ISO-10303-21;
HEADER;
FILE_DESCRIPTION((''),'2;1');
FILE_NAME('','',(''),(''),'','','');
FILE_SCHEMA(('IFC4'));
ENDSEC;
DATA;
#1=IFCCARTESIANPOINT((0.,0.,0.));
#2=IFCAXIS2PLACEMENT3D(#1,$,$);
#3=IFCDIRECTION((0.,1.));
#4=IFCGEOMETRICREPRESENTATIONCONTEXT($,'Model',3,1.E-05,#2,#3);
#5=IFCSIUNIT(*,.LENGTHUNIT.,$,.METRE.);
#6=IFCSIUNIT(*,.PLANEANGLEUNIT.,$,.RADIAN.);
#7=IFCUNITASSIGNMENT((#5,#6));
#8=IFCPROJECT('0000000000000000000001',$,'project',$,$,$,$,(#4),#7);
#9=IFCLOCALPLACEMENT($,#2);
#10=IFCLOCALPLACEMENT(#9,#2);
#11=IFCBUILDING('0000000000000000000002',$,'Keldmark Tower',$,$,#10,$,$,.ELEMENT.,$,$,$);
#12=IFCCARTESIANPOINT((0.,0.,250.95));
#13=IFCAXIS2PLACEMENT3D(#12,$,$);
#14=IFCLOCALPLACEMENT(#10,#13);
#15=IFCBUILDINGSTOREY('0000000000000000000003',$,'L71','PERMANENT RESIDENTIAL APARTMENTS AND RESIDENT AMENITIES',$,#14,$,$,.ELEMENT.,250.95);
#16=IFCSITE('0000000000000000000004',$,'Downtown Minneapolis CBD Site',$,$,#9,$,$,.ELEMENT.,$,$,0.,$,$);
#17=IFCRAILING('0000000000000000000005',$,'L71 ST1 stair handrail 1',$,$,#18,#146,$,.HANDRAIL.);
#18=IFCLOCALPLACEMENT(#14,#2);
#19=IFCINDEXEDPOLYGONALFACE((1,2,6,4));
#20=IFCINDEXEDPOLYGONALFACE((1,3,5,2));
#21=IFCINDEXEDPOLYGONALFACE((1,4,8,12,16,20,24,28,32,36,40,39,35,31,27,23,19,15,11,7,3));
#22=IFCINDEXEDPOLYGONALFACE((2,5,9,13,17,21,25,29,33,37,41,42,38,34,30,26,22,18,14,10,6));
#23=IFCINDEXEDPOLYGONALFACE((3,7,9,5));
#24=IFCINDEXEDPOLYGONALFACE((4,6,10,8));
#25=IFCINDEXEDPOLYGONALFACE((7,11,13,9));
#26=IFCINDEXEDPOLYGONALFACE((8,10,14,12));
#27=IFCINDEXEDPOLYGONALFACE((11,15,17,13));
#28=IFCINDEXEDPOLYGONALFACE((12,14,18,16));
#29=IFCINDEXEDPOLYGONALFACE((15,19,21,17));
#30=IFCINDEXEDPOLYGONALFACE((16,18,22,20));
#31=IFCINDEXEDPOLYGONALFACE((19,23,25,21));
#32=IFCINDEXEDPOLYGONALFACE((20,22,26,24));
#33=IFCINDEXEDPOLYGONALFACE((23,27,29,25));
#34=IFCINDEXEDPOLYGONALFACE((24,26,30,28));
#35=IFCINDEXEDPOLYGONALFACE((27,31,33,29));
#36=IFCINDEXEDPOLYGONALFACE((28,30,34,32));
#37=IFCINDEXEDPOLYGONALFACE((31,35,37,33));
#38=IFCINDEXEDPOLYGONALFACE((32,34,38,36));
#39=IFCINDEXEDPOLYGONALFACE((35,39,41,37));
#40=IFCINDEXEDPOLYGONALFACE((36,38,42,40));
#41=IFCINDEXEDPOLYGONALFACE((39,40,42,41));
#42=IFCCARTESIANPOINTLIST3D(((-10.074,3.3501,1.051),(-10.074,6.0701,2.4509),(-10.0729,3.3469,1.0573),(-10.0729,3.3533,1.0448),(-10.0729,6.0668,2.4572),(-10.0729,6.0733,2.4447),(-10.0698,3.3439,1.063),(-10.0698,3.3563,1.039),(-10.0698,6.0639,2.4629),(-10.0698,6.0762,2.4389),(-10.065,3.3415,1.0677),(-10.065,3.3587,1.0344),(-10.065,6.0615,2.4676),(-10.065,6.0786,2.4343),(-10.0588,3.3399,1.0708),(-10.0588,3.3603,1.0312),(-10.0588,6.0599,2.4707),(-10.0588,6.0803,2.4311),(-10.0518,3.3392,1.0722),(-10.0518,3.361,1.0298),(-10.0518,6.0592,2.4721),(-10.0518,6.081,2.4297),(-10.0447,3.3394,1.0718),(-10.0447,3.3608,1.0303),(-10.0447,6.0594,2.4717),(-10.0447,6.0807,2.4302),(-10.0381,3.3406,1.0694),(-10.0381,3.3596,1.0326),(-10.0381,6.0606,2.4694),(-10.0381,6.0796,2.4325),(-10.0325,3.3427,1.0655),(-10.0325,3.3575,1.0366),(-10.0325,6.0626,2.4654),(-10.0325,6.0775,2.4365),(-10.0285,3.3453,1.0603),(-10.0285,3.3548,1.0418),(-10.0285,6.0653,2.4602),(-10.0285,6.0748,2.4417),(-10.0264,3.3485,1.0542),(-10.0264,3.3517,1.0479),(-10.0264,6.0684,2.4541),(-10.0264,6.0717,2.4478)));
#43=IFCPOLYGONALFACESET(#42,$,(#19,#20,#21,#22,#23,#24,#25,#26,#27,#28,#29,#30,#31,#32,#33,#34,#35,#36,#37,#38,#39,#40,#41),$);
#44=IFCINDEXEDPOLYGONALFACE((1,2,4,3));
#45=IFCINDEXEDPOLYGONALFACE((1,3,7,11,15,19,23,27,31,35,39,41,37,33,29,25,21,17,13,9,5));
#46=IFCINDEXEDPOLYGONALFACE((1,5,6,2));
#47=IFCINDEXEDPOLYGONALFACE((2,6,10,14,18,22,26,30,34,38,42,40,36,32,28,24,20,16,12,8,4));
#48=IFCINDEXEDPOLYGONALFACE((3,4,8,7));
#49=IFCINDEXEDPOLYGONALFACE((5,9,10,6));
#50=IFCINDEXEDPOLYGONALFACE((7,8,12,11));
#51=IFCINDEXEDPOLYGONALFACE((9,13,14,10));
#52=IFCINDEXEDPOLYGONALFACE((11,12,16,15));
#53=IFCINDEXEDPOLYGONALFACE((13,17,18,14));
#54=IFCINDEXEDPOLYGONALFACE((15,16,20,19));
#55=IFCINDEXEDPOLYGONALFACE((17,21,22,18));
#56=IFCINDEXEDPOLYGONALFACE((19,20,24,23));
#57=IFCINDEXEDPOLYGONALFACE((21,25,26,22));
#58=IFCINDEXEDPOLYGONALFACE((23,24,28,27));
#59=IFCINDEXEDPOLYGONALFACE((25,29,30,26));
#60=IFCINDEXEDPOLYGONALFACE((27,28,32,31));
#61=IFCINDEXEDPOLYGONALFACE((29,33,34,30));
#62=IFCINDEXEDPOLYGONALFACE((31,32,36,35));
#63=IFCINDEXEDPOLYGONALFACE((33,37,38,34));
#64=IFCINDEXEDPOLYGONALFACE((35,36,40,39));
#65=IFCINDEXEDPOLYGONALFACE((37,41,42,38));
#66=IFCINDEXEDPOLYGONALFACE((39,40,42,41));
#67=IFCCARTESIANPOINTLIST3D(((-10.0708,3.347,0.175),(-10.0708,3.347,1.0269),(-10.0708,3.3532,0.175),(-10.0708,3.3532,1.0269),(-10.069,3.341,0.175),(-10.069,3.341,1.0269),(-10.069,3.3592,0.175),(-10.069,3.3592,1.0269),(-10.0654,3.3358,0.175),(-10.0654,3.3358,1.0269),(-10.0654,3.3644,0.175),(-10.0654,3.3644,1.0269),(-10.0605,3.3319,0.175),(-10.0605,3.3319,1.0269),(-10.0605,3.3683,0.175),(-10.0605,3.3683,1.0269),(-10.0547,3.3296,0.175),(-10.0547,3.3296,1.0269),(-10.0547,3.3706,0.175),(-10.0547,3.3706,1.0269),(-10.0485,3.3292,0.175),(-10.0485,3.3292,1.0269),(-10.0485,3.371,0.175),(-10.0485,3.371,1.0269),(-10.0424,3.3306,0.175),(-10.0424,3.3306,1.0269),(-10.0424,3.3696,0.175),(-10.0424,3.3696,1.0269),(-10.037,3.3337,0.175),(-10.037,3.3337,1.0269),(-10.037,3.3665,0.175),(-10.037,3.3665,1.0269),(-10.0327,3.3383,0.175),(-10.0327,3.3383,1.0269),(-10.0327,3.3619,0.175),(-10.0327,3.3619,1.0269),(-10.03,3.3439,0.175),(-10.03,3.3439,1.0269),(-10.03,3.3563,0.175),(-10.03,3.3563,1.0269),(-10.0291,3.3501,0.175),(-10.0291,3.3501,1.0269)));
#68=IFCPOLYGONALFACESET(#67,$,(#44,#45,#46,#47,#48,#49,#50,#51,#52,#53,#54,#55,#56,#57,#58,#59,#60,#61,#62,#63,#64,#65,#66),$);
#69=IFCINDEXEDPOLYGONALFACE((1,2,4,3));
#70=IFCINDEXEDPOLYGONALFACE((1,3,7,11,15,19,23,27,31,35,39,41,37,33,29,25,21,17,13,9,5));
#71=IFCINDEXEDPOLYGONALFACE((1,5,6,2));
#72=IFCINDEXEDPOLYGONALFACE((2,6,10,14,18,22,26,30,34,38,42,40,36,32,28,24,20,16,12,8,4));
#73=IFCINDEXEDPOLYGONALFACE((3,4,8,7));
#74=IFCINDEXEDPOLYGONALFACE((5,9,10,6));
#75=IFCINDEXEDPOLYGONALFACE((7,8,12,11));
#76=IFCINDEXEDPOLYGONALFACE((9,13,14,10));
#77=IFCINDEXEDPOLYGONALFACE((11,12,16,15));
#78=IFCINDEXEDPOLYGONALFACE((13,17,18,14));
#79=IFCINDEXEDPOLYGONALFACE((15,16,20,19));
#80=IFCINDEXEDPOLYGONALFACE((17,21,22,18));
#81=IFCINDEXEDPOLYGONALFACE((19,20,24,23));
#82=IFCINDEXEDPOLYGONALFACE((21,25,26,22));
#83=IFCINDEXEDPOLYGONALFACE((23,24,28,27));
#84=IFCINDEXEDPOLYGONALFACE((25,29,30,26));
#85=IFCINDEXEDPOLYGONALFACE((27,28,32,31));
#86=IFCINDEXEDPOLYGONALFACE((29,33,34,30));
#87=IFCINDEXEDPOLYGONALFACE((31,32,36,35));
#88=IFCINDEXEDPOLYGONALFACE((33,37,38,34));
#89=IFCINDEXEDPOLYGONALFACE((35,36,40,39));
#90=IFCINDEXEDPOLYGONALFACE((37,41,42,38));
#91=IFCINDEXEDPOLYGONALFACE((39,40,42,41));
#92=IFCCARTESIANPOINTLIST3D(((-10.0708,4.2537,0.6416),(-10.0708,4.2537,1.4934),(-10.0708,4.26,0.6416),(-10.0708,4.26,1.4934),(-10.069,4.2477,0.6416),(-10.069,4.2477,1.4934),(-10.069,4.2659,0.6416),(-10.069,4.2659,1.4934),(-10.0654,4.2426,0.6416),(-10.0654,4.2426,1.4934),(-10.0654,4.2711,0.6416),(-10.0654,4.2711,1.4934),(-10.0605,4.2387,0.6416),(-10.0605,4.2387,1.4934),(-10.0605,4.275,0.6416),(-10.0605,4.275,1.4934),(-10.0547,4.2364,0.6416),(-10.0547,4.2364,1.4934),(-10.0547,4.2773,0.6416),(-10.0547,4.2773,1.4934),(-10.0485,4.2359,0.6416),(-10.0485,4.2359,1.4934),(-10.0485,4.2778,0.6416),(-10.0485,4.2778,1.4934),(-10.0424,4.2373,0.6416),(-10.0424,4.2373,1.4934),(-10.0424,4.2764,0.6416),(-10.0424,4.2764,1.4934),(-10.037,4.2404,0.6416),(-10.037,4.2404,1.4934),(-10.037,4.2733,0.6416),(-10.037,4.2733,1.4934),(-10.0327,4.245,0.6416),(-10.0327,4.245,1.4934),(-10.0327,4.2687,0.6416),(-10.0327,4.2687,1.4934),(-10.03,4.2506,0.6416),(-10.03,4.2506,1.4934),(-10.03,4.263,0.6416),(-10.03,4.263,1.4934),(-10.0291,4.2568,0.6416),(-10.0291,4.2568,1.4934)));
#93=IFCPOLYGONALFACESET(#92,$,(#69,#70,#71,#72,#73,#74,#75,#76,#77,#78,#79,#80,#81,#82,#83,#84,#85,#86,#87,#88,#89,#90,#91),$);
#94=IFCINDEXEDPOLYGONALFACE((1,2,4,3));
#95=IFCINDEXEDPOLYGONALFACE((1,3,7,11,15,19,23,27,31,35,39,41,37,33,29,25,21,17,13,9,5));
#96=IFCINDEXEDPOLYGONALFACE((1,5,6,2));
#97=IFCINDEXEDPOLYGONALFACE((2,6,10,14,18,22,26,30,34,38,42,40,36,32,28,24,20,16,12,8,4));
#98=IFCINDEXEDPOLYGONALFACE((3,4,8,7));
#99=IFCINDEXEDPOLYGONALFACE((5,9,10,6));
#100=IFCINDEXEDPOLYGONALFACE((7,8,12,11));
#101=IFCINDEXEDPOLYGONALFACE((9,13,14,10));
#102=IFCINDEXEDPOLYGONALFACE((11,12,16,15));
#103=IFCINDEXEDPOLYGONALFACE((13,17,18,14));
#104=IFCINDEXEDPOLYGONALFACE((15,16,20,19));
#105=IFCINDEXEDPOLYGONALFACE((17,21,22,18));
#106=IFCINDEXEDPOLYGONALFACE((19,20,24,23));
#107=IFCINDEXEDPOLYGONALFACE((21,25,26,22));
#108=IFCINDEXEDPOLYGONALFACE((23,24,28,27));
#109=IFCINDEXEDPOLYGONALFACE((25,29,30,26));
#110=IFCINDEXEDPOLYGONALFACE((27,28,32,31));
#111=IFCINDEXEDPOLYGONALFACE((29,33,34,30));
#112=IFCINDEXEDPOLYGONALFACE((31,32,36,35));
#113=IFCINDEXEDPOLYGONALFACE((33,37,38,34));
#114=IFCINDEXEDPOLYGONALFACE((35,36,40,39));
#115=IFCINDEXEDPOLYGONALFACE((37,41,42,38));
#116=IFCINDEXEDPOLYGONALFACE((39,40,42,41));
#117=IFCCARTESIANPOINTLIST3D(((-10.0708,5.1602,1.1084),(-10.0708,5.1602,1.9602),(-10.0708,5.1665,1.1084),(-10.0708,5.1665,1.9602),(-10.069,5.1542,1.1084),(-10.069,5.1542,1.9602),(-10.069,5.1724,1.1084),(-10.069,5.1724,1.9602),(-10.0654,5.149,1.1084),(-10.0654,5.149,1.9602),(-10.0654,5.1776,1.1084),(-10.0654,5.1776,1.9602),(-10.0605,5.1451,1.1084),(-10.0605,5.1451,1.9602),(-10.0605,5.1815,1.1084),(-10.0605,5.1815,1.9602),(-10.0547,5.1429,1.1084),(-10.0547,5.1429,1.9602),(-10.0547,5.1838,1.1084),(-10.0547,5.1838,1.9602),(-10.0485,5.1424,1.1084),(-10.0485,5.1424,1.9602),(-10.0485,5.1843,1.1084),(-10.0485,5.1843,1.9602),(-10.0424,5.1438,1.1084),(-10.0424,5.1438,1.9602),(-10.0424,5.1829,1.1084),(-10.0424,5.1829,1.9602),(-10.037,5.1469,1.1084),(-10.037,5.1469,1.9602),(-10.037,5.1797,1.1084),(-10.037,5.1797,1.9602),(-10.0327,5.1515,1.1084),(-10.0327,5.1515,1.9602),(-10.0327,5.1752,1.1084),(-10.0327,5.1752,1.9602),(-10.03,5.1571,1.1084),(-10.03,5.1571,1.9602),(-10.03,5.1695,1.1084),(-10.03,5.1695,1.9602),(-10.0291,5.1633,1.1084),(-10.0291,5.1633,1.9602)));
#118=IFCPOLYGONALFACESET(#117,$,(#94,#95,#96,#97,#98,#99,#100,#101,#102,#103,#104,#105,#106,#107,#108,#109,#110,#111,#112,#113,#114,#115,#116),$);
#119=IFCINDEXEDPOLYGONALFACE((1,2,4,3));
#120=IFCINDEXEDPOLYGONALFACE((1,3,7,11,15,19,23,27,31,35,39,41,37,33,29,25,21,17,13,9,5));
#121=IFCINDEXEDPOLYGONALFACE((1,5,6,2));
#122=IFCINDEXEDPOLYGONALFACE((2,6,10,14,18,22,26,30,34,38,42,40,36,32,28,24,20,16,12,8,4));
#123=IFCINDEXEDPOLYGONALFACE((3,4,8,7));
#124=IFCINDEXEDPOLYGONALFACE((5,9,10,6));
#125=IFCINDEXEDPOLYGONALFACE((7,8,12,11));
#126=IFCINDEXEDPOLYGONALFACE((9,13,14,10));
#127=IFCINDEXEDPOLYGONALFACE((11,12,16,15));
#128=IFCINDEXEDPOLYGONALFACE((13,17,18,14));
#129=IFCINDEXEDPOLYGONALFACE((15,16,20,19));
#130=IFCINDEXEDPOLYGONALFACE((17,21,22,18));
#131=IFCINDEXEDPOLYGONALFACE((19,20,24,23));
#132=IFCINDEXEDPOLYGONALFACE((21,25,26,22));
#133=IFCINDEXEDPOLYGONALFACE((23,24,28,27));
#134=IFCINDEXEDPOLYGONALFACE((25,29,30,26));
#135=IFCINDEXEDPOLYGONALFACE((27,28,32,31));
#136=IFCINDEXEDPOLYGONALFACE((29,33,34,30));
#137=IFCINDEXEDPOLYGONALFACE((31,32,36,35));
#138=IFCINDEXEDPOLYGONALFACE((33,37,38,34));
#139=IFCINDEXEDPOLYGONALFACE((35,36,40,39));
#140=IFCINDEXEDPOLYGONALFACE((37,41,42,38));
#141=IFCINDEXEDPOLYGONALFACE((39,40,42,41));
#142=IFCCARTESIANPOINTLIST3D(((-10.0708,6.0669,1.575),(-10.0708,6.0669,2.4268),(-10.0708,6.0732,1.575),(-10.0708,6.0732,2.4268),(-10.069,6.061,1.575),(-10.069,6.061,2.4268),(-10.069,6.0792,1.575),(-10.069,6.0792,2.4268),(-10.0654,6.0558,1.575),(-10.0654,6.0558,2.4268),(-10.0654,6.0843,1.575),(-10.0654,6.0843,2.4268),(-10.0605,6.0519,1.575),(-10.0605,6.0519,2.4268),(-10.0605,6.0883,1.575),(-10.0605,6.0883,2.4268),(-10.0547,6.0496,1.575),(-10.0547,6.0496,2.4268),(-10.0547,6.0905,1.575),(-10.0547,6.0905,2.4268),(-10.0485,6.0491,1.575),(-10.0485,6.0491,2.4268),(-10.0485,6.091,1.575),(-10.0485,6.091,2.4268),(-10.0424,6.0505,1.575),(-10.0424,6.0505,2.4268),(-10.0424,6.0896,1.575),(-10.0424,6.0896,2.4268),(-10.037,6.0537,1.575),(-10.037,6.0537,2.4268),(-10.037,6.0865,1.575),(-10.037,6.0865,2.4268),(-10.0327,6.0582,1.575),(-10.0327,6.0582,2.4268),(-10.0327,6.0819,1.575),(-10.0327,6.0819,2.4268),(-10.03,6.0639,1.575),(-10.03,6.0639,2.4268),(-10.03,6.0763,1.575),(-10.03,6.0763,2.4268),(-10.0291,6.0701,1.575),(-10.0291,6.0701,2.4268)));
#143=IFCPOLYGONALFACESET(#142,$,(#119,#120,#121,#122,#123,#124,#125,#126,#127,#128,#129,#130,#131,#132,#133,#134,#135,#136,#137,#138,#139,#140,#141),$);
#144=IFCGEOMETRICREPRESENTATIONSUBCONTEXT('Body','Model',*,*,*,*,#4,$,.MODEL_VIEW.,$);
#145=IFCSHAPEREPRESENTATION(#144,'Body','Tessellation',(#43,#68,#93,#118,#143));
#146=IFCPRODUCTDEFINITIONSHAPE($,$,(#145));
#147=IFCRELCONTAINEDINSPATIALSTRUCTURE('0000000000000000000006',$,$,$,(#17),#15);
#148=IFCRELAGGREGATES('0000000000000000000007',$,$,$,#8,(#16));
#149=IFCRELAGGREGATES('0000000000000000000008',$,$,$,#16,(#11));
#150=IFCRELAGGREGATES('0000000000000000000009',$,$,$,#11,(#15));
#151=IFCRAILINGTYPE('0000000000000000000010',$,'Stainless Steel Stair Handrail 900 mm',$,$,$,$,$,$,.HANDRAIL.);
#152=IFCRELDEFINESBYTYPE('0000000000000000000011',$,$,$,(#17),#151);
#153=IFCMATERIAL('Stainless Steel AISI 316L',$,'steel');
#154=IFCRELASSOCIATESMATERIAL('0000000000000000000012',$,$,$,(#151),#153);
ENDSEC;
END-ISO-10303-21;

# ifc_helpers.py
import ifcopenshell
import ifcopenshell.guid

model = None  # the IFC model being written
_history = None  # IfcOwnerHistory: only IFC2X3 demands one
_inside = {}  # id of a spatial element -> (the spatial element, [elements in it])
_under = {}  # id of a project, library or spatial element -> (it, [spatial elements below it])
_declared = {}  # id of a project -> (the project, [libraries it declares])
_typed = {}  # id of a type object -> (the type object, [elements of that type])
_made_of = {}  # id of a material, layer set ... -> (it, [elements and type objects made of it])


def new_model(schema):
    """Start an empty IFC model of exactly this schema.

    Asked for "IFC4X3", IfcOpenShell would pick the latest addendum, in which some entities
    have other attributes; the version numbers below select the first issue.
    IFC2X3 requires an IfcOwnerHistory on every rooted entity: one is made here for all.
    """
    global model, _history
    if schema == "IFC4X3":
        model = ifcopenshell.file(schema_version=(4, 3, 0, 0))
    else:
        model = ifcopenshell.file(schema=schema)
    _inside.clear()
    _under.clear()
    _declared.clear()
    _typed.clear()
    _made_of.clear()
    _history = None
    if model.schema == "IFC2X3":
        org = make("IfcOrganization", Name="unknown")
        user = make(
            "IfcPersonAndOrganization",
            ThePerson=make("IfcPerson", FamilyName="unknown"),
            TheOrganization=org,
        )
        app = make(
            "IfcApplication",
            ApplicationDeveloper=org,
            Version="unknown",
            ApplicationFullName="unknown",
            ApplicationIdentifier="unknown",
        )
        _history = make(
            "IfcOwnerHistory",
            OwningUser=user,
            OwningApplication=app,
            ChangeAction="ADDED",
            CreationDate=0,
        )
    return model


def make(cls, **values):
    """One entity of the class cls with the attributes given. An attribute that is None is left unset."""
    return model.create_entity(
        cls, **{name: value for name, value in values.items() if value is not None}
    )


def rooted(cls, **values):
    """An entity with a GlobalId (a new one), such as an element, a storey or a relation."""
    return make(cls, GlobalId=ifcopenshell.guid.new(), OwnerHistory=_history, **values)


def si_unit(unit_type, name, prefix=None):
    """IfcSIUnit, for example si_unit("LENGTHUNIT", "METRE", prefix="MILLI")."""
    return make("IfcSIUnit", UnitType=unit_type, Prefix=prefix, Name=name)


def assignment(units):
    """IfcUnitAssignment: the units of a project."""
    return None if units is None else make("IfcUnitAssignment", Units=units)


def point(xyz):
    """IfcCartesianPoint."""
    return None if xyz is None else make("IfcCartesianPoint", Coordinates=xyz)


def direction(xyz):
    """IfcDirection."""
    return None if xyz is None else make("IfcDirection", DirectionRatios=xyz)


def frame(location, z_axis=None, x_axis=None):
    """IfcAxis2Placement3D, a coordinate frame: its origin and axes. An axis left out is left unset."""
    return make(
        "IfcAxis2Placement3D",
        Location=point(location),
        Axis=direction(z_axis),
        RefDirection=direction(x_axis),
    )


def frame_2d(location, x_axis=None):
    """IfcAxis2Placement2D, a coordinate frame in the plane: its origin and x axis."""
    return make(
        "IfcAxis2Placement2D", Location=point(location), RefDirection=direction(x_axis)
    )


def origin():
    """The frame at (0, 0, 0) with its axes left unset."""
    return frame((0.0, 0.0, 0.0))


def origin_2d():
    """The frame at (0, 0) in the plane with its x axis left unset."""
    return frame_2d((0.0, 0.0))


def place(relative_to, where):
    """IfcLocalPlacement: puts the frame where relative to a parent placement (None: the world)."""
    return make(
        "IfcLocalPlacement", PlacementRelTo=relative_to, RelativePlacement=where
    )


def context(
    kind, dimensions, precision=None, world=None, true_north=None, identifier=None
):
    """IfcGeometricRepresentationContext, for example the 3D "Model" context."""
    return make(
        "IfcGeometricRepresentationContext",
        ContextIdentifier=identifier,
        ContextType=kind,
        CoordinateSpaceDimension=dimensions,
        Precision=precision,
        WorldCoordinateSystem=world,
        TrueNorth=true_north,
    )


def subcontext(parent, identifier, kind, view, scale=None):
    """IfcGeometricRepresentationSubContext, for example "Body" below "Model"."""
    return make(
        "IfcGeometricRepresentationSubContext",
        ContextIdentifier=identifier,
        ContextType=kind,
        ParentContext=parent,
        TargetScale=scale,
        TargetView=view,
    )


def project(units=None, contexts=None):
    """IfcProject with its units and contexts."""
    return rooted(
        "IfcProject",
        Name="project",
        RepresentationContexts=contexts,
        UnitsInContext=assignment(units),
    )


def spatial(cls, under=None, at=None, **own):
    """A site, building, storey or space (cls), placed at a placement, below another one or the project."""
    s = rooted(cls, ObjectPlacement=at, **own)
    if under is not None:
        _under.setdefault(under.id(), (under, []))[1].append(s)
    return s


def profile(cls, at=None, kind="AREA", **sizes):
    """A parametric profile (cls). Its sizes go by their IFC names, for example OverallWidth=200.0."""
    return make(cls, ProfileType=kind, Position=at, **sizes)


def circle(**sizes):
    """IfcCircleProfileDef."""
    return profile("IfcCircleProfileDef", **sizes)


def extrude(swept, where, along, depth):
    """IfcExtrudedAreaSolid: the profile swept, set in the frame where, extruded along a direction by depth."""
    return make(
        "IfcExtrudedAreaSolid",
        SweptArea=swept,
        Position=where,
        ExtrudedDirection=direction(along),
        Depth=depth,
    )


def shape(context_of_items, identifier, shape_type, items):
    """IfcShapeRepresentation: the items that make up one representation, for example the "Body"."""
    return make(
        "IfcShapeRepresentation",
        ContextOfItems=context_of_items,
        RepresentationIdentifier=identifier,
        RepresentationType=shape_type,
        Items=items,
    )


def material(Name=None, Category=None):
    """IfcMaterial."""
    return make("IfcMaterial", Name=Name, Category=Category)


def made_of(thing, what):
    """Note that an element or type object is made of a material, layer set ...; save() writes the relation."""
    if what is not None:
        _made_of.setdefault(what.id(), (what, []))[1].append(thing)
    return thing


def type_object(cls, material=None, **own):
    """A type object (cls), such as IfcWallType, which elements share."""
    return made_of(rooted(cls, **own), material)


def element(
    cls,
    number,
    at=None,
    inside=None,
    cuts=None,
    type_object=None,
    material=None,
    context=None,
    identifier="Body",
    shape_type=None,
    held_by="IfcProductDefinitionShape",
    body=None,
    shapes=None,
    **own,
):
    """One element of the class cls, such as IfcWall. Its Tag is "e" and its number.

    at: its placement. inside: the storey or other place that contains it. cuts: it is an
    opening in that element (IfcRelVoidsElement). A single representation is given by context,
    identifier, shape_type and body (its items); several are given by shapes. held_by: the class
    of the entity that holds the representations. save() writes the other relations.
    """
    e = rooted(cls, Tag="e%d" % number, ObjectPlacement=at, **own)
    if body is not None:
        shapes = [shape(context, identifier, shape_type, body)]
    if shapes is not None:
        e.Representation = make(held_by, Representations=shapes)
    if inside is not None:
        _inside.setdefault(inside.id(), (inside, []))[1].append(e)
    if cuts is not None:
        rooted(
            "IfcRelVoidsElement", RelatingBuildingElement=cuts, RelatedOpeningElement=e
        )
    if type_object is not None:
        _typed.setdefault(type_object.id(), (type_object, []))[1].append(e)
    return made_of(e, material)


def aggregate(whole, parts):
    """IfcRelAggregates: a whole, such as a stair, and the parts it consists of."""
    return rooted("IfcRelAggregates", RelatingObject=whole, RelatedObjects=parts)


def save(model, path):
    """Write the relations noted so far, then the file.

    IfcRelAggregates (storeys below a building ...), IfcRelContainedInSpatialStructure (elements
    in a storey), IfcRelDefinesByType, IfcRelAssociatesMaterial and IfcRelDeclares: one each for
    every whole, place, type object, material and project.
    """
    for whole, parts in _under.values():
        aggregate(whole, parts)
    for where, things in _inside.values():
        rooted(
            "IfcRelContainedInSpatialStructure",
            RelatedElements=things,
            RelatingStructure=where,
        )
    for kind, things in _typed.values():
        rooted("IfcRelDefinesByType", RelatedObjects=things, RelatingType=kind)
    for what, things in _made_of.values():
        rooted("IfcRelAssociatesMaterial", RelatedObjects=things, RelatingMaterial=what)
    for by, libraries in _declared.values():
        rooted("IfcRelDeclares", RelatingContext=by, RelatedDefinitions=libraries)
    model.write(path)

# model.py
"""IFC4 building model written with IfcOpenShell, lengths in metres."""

from ifc_helpers import new_model, si_unit, direction, frame, origin, origin_2d, place, context, subcontext, project, spatial, circle, extrude, material, type_object, element, save


model = new_model("IFC4")

# Units and contexts
model_context = context("Model", 3, precision=1e-05, world=origin(), true_north=direction((0.0, 1.0)))
body_context = subcontext(model_context, "Body", "Model", "MODEL_VIEW")
ifc_project = project(units=[si_unit("LENGTHUNIT", "METRE"), si_unit("PLANEANGLEUNIT", "RADIAN")], contexts=[model_context])

# Site, building, storey
site_placement = place(None, origin())
site = spatial("IfcSite", under=ifc_project, at=site_placement, Name="Downtown Minneapolis CBD Site", CompositionType="ELEMENT", RefElevation=0.0)
building_placement = place(site_placement, origin())
building = spatial("IfcBuilding", under=site, at=building_placement, Name="Keldmark Tower", CompositionType="ELEMENT")
storey_placement = place(building_placement, frame((0.0, 0.0, 250.95)))
storey = spatial("IfcBuildingStorey", under=building, at=storey_placement, Name="L71", Description="PERMANENT RESIDENTIAL APARTMENTS AND RESIDENT AMENITIES", CompositionType="ELEMENT", Elevation=250.95)

# Railing
ifc_material_1 = material(Name="Stainless Steel AISI 316L", Category="steel")
railing_type = type_object("IfcRailingType", Name="Stainless Steel Stair Handrail 900 mm", PredefinedType="HANDRAIL", material=ifc_material_1)
railing_placement = place(storey_placement, frame((-10.05, 3.3501, 0.175)))
element("IfcRailing", 1, at=railing_placement, inside=storey, type_object=railing_type, Name="L71 ST1 stair handrail 1", PredefinedType="HANDRAIL", context=body_context, shape_type="SweptSolid", body=[
    extrude(circle(Radius=0.0239, at=origin_2d()), frame((0.0, 0.0, 0.876), z_axis=(0.0, 0.889147, 0.457622), x_axis=(-1.0, 0.0, 0.0)), (0.0, 0.0, 1.0), 3.0591),
    extrude(circle(Radius=0.021, at=origin_2d()), origin(), (0.0, 0.0, 1.0), 0.8518),
    extrude(circle(Radius=0.021, at=origin_2d()), frame((0.0, 0.9067, 0.4666)), (0.0, 0.0, 1.0), 0.8518),
    extrude(circle(Radius=0.021, at=origin_2d()), frame((0.0, 1.8132, 0.9333)), (0.0, 0.0, 1.0), 0.8518),
    extrude(circle(Radius=0.021, at=origin_2d()), frame((0.0, 2.72, 1.3999)), (0.0, 0.0, 1.0), 0.8518),
])

save(model, "model.ifc")
